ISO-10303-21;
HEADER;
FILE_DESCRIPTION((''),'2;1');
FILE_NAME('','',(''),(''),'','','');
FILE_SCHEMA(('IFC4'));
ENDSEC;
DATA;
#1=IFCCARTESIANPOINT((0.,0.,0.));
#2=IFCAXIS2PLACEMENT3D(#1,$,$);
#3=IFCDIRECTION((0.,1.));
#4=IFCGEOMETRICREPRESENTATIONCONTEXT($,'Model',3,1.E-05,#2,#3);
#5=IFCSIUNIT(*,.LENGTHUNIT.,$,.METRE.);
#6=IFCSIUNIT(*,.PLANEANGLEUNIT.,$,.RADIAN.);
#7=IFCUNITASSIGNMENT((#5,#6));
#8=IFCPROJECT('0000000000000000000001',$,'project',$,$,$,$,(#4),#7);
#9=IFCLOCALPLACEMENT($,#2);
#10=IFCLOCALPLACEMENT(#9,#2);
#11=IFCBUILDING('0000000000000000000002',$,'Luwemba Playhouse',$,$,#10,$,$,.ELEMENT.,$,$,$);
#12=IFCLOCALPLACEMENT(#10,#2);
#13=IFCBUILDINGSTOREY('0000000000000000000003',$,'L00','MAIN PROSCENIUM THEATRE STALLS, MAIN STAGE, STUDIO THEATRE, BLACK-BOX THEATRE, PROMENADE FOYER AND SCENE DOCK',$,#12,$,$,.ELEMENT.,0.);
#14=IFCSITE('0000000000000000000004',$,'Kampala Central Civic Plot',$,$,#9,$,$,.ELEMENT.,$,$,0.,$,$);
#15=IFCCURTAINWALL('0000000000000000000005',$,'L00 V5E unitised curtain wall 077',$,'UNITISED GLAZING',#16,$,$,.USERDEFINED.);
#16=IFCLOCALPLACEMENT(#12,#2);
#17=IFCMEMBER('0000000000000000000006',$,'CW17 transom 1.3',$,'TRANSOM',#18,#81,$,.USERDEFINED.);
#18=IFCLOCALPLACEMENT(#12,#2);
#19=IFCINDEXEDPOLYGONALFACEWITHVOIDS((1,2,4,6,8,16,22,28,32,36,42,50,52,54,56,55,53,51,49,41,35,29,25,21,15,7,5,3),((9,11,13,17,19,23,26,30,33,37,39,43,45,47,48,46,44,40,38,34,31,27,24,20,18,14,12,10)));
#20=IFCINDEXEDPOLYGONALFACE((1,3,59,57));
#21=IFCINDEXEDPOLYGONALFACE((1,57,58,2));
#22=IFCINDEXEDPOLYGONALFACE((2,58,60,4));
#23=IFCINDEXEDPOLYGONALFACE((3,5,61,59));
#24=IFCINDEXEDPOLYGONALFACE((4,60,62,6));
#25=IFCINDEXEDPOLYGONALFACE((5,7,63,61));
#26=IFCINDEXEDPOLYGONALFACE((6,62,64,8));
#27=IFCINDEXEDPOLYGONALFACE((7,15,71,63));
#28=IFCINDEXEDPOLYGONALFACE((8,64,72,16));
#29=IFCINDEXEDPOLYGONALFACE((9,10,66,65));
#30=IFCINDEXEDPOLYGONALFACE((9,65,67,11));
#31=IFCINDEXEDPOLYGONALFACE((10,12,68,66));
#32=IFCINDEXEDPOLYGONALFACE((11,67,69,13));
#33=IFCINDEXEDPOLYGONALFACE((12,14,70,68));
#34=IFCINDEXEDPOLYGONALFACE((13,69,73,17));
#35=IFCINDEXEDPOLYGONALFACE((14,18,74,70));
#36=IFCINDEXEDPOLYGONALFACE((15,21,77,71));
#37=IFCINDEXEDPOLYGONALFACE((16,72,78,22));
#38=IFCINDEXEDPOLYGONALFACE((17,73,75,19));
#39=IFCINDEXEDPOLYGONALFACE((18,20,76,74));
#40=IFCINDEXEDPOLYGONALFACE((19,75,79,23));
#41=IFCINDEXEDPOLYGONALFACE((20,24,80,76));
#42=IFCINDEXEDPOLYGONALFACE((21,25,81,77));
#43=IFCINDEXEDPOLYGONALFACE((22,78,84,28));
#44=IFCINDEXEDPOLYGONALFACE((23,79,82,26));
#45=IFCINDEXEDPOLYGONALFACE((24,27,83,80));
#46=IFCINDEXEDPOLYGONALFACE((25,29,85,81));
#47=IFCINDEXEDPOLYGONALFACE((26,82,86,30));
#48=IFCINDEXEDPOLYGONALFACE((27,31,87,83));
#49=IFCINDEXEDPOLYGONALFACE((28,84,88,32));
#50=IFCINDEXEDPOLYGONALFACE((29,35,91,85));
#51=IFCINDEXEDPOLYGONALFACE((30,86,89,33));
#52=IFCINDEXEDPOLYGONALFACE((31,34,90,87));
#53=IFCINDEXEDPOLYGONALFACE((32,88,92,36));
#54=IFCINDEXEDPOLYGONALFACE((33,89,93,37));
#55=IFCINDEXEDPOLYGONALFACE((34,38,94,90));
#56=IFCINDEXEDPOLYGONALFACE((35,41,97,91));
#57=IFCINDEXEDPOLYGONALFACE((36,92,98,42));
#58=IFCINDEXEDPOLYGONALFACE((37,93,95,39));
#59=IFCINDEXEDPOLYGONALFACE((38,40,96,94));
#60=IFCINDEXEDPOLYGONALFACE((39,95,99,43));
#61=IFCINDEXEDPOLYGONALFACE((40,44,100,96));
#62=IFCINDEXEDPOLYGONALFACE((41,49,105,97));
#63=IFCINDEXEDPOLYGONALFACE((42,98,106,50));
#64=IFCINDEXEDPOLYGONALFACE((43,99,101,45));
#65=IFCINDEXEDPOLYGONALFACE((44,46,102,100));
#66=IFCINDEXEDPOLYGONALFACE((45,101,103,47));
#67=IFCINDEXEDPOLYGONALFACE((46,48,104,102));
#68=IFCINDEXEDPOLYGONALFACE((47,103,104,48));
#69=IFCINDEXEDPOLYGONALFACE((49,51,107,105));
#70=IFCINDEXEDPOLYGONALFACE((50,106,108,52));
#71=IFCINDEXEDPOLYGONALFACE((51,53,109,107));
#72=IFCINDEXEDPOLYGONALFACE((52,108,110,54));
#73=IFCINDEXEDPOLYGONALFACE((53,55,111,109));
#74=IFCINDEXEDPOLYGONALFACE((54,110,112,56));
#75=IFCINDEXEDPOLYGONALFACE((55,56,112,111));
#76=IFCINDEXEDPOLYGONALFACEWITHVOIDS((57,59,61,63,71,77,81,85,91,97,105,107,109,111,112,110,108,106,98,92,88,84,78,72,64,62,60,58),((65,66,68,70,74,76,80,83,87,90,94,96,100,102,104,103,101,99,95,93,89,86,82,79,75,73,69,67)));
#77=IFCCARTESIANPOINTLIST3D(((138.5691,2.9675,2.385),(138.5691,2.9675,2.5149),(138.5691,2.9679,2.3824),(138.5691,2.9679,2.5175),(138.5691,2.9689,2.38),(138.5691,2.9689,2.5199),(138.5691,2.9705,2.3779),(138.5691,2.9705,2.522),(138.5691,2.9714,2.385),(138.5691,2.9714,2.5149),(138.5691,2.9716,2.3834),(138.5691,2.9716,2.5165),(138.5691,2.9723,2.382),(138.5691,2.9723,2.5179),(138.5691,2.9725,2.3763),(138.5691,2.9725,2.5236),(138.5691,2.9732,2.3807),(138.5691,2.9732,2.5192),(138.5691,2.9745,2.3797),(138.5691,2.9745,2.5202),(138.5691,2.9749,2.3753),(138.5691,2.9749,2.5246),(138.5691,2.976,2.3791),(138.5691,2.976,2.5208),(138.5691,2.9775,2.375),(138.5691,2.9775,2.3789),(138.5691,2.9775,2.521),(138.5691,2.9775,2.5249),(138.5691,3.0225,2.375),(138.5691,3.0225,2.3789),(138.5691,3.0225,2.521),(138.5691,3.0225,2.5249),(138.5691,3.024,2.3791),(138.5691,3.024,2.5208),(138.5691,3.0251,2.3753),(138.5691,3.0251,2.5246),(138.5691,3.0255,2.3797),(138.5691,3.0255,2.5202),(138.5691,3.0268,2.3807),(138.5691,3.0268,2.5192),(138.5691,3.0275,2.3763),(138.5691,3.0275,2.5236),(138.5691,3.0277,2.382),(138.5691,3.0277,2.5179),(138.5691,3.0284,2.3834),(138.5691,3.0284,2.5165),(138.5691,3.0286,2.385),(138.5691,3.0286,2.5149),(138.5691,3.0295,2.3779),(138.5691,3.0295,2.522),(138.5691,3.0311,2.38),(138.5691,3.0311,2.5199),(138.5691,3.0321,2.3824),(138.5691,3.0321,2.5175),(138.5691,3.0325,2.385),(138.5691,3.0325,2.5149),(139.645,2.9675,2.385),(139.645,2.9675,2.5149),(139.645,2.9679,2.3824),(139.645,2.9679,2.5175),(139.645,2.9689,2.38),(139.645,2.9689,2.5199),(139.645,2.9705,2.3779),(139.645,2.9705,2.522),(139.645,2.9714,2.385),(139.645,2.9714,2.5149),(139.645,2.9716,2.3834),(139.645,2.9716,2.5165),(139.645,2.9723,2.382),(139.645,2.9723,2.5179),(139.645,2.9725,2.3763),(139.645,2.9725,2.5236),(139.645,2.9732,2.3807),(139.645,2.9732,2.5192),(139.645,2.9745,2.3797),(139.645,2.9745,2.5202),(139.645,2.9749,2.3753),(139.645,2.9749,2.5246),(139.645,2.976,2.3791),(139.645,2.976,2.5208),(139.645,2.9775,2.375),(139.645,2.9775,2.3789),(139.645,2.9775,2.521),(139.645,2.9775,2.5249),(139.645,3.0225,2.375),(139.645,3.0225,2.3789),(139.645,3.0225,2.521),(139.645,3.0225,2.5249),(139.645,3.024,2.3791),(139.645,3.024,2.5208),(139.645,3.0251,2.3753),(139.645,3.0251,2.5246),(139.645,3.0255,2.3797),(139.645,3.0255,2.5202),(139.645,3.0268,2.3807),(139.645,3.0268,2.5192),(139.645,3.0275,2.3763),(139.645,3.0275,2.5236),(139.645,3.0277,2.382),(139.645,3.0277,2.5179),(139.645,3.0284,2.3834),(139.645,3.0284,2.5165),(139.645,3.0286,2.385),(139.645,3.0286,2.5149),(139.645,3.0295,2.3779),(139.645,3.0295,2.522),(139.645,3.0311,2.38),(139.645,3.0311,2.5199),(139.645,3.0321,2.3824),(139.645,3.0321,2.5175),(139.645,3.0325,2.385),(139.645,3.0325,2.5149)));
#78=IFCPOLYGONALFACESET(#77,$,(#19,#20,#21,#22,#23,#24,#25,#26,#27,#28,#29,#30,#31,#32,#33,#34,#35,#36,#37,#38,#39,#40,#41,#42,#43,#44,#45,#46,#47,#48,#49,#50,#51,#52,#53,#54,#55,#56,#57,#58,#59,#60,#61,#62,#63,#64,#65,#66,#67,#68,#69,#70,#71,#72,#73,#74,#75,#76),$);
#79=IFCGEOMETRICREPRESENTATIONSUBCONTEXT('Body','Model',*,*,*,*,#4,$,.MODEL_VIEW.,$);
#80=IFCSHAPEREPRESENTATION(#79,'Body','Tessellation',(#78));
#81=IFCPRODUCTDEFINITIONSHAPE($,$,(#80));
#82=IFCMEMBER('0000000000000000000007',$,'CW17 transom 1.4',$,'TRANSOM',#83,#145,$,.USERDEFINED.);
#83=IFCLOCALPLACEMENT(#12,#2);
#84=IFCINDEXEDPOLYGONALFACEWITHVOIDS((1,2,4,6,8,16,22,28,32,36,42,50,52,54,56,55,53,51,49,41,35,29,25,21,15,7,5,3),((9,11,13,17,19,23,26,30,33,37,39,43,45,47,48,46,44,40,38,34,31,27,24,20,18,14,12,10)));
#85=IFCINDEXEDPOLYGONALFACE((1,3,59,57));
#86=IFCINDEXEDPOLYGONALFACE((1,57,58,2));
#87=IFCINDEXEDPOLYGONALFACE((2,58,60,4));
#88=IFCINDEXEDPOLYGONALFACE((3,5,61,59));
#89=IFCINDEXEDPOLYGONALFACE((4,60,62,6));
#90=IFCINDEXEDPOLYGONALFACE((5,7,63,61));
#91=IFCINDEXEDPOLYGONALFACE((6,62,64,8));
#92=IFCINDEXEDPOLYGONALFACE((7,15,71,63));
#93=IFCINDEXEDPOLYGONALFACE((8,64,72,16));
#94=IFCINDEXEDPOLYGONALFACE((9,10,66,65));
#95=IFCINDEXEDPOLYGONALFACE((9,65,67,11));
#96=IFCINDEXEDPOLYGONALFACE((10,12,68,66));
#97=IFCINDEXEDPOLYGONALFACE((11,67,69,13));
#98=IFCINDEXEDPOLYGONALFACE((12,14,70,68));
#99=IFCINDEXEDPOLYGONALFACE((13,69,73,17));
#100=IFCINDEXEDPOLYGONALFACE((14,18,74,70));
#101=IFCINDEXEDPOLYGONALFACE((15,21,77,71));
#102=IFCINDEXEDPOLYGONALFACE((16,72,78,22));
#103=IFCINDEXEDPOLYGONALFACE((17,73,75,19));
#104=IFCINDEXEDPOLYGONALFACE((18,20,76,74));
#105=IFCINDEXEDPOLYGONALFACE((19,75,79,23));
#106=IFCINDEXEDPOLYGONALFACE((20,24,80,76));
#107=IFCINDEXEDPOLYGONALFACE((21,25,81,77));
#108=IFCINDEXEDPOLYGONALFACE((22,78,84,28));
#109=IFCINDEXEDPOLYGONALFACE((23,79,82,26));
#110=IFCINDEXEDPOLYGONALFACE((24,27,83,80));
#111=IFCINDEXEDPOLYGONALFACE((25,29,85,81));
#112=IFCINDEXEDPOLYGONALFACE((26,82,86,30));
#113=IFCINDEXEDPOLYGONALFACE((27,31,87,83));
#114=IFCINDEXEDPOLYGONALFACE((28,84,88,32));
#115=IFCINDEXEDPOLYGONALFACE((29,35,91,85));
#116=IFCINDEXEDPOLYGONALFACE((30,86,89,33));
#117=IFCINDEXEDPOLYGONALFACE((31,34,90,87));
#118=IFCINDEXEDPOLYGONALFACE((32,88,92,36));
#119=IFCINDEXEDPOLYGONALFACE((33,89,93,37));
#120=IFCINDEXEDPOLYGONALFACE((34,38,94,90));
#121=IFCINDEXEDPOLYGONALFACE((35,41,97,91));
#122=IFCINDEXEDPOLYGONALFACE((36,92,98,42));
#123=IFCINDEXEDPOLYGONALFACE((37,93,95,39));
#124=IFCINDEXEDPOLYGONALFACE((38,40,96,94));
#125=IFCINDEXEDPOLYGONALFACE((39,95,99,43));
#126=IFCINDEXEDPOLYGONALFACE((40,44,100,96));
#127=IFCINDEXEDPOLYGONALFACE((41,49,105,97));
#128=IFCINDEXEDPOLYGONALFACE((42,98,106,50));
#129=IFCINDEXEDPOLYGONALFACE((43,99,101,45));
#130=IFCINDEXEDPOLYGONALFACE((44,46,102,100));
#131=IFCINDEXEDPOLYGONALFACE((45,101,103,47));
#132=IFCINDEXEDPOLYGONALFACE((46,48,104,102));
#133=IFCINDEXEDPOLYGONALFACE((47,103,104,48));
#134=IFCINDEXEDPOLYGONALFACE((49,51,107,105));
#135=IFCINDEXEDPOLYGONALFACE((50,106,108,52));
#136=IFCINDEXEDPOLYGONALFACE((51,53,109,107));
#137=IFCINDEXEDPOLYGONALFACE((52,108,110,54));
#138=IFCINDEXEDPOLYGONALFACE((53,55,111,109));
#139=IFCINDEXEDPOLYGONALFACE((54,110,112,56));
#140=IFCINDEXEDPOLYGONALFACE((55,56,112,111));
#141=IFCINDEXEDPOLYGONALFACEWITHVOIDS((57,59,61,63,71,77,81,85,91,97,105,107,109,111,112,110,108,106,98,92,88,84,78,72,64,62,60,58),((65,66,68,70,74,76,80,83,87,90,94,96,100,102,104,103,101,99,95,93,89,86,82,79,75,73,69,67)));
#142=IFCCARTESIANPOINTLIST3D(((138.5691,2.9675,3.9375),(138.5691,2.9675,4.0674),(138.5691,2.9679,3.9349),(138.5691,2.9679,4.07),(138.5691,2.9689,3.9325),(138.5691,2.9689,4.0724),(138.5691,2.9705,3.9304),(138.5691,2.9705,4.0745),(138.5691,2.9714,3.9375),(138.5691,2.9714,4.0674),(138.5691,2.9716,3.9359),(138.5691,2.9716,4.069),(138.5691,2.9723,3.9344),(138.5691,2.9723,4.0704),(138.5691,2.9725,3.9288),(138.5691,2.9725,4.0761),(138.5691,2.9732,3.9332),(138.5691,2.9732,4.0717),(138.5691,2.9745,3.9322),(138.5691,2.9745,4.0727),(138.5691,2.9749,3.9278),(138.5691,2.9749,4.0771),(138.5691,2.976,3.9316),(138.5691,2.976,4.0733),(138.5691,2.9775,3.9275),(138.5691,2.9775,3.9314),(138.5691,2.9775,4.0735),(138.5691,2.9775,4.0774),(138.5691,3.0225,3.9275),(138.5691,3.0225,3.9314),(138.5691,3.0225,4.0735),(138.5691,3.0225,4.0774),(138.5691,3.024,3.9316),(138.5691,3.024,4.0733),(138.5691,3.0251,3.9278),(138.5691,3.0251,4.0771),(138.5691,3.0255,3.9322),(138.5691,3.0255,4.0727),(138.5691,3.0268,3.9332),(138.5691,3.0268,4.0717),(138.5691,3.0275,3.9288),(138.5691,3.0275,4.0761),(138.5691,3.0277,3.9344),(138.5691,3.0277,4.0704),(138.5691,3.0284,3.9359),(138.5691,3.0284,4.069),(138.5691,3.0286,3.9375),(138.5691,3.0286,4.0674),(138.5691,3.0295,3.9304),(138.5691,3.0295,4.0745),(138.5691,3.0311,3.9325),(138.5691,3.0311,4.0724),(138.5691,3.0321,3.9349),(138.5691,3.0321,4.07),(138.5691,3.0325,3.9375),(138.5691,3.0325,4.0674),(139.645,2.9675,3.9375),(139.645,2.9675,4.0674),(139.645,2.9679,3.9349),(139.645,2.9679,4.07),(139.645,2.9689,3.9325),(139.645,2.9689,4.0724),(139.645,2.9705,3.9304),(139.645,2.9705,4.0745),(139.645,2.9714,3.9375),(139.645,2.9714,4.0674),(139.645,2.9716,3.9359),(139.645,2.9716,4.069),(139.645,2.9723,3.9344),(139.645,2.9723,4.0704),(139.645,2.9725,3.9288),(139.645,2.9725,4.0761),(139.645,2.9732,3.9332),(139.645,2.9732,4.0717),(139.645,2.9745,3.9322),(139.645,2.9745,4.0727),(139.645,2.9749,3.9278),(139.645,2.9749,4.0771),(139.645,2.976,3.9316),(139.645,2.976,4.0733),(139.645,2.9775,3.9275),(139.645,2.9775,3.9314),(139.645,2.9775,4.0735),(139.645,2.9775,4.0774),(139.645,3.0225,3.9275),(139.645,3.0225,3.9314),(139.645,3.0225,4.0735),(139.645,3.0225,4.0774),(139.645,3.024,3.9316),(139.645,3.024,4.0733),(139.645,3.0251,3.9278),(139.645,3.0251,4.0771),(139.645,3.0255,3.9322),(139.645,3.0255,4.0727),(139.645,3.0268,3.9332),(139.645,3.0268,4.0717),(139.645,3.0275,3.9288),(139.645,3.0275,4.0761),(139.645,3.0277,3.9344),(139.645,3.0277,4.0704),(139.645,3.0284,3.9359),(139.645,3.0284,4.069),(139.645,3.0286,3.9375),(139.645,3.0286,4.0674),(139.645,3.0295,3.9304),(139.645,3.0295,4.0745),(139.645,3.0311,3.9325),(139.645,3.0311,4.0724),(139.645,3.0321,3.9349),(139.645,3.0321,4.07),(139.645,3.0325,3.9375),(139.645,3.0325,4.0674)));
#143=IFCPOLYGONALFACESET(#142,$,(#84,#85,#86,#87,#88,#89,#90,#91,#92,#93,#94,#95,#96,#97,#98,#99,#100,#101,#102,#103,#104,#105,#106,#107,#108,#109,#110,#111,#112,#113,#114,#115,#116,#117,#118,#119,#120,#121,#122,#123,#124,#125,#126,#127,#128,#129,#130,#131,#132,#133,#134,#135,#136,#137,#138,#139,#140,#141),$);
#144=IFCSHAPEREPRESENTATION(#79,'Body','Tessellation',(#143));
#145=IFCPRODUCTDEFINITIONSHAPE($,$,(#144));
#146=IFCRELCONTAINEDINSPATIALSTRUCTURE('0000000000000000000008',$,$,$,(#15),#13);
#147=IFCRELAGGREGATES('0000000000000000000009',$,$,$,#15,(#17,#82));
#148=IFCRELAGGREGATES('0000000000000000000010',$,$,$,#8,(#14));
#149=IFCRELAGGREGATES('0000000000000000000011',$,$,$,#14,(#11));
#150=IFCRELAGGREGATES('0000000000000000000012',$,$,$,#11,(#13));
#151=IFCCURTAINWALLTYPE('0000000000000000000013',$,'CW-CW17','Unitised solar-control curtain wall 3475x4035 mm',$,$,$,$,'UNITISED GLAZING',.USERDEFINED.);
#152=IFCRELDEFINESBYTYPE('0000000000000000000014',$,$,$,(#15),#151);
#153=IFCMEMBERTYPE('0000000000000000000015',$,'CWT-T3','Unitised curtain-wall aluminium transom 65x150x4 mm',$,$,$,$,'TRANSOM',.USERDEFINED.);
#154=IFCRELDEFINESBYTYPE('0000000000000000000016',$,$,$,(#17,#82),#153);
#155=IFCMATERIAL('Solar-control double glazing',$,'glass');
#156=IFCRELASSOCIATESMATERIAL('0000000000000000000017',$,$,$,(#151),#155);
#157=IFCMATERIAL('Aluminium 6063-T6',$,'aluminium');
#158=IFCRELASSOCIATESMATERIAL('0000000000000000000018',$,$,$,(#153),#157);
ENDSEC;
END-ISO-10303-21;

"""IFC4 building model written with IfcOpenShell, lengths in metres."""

from ifc_helpers import new_model, si_unit, direction, frame, origin, origin_2d, place, context, subcontext, project, spatial, hollow_rectangle, extrude, material, material_profile, profile_set, type_object, element, aggregate, save


model = new_model("IFC4")

# Units and contexts
model_context = context("Model", 3, precision=1e-05, world=origin(), true_north=direction((0.0, 1.0)))
body_context = subcontext(model_context, "Body", "Model", "MODEL_VIEW")
ifc_project = project(units=[si_unit("LENGTHUNIT", "METRE"), si_unit("PLANEANGLEUNIT", "RADIAN")], contexts=[model_context])

# Site, building, storey
site_placement = place(None, origin())
site = spatial("IfcSite", under=ifc_project, at=site_placement, Name="Kampala Central Civic Plot", CompositionType="ELEMENT", RefElevation=0.0)
building_placement = place(site_placement, origin())
building = spatial("IfcBuilding", under=site, at=building_placement, Name="Luwemba Playhouse", CompositionType="ELEMENT")
storey_placement = place(building_placement, origin())
storey = spatial("IfcBuildingStorey", under=building, at=storey_placement, Name="L00", Description="MAIN PROSCENIUM THEATRE STALLS, MAIN STAGE, STUDIO THEATRE, BLACK-BOX THEATRE, PROMENADE FOYER AND SCENE DOCK", CompositionType="ELEMENT", Elevation=0.0)

# Shared definitions
ifc_material_1 = material(Name="Solar-control double glazing", Category="glass")
ifc_material_2 = material(Name="Aluminium 6063-T6", Category="aluminium")

# Curtain wall, members
curtain_wall_type_1 = type_object("IfcCurtainWallType", Name="CW-CW17", Description="Unitised solar-control curtain wall 3475x4035 mm", ElementType="UNITISED GLAZING", PredefinedType="USERDEFINED", material=ifc_material_1)
curtain_wall_1_placement = place(storey_placement, origin())
curtain_wall_1 = element("IfcCurtainWall", 1, at=curtain_wall_1_placement, inside=storey, type_object=curtain_wall_type_1, Name="L00 V5E unitised curtain wall 077", ObjectType="UNITISED GLAZING", PredefinedType="USERDEFINED")
ifc_material_profile_1 = material_profile(ifc_material_2, hollow_rectangle(XDim=0.0649, YDim=0.1499, WallThickness=0.0039, InnerFilletRadius=0.0061, OuterFilletRadius=0.01, at=origin_2d()))
ifc_profile_set_1 = profile_set([ifc_material_profile_1], Name="Aluminium 6063-T6")
member_type_1 = type_object("IfcMemberType", Name="CWT-T3", Description="Unitised curtain-wall aluminium transom 65x150x4 mm", ElementType="TRANSOM", PredefinedType="USERDEFINED", material=ifc_profile_set_1)
member_1_placement = place(storey_placement, frame((139.645, 3.0, 2.45), z_axis=(-1.0, 0.0, 0.0), x_axis=(0.0, -1.0, 0.0)))
member_1 = element("IfcMember", 2, at=member_1_placement, type_object=member_type_1, Name="CW17 transom 1.3", ObjectType="TRANSOM", PredefinedType="USERDEFINED", context=body_context, shape_type="SweptSolid", body=[
    extrude(hollow_rectangle(XDim=0.0649, YDim=0.1499, WallThickness=0.0039, InnerFilletRadius=0.0061, OuterFilletRadius=0.01, at=origin_2d()), origin(), (0.0, 0.0, 1.0), 1.0759),
])
member_2_placement = place(storey_placement, frame((139.645, 3.0, 4.0024), z_axis=(-1.0, 0.0, 0.0), x_axis=(0.0, -1.0, 0.0)))
member_2 = element("IfcMember", 3, at=member_2_placement, type_object=member_type_1, Name="CW17 transom 1.4", ObjectType="TRANSOM", PredefinedType="USERDEFINED", context=body_context, shape_type="SweptSolid", body=[
    extrude(hollow_rectangle(XDim=0.0649, YDim=0.1499, WallThickness=0.0039, InnerFilletRadius=0.0061, OuterFilletRadius=0.01, at=origin_2d()), origin(), (0.0, 0.0, 1.0), 1.0759),
])

aggregate(curtain_wall_1, [member_1, member_2])

save(model, "model.ifc")
